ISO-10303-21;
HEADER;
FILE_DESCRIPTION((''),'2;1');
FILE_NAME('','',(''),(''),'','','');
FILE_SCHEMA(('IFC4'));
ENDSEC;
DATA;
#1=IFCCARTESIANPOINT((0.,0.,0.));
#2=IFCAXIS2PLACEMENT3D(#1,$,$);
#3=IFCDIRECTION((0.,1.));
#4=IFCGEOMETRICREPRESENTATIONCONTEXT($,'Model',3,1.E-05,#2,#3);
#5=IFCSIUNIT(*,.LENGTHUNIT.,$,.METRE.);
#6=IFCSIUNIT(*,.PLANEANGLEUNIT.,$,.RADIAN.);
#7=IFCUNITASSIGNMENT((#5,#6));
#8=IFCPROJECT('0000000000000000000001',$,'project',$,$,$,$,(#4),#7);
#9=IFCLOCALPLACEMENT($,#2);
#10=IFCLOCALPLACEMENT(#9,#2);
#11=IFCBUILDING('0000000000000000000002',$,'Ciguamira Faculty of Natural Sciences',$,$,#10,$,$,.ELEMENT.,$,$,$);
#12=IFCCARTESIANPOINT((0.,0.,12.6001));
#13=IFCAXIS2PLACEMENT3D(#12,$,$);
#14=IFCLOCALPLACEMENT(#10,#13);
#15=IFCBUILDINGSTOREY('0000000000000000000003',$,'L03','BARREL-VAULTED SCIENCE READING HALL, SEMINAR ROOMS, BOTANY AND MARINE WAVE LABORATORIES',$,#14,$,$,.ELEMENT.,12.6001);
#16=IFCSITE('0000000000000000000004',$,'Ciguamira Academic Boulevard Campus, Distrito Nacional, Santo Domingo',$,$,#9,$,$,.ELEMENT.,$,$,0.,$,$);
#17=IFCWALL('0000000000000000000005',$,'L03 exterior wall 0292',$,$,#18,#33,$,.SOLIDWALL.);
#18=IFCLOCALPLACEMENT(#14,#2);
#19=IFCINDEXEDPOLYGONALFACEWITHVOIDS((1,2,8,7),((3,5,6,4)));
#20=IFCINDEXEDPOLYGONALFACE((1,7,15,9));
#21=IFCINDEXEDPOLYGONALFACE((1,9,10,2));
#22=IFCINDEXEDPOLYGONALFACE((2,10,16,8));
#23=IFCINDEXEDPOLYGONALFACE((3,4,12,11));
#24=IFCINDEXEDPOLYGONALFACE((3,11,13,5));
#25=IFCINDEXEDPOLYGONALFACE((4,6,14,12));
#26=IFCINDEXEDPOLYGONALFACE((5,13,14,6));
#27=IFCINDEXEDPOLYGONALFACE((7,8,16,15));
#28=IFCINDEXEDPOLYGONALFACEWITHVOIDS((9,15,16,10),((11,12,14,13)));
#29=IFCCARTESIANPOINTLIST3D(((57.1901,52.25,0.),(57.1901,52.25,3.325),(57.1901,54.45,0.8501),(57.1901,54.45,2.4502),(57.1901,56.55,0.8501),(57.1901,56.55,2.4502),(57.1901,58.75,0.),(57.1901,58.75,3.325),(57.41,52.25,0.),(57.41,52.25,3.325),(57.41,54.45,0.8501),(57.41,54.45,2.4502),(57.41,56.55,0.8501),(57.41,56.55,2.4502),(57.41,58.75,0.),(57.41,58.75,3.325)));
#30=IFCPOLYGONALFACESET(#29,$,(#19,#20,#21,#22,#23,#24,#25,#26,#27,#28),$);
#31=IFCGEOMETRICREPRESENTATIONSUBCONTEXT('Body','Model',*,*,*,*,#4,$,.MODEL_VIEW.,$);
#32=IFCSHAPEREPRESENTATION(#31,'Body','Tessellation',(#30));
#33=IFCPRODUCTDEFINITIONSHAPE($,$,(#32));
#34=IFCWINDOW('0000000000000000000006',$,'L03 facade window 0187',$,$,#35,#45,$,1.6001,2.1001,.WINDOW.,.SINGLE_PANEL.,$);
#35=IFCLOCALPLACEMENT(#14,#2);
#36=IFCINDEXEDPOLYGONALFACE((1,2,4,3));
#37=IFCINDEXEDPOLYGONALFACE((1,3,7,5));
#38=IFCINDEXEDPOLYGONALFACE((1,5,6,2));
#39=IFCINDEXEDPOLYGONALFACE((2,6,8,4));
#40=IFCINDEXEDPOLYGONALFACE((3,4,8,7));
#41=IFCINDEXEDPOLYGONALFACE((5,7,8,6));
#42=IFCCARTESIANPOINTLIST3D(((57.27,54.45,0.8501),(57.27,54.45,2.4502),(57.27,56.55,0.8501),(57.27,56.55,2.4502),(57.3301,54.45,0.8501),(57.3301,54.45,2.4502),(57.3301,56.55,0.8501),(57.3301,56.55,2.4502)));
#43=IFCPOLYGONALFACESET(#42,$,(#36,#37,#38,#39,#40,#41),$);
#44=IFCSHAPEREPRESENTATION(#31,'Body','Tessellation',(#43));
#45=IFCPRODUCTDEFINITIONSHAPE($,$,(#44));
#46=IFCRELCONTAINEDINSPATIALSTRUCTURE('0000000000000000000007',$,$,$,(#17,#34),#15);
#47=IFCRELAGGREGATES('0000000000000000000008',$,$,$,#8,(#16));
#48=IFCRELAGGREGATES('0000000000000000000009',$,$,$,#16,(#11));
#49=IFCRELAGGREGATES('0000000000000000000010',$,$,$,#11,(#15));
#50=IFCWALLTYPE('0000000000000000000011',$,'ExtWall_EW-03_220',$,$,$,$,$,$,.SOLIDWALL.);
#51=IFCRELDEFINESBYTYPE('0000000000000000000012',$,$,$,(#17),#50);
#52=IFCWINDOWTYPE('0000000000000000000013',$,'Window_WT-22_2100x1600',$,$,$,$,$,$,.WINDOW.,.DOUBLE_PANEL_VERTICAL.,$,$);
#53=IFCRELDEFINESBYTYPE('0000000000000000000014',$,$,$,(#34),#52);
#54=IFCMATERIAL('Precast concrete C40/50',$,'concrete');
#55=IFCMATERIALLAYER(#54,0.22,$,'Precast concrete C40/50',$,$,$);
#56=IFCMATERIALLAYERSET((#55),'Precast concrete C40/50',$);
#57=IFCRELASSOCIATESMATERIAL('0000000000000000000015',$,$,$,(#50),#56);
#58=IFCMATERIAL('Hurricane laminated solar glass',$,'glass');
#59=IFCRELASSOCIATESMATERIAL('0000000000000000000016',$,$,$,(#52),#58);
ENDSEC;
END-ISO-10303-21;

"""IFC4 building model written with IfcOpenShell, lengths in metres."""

from ifc_helpers import new_model, si_unit, direction, frame, frame_2d, origin, place, context, subcontext, project, spatial, rectangle, extrude, material, layer, layer_set, type_object, element, fill, save


model = new_model("IFC4")

# Units and contexts
model_context = context("Model", 3, precision=1e-05, world=origin(), true_north=direction((0.0, 1.0)))
body_context = subcontext(model_context, "Body", "Model", "MODEL_VIEW")
ifc_project = project(units=[si_unit("LENGTHUNIT", "METRE"), si_unit("PLANEANGLEUNIT", "RADIAN")], contexts=[model_context])

# Site, building, storey
site_placement = place(None, origin())
site = spatial("IfcSite", under=ifc_project, at=site_placement, Name="Ciguamira Academic Boulevard Campus, Distrito Nacional, Santo Domingo", CompositionType="ELEMENT", RefElevation=0.0)
building_placement = place(site_placement, origin())
building = spatial("IfcBuilding", under=site, at=building_placement, Name="Ciguamira Faculty of Natural Sciences", CompositionType="ELEMENT")
storey_placement = place(building_placement, frame((0.0, 0.0, 12.6001)))
storey = spatial("IfcBuildingStorey", under=building, at=storey_placement, Name="L03", Description="BARREL-VAULTED SCIENCE READING HALL, SEMINAR ROOMS, BOTANY AND MARINE WAVE LABORATORIES", CompositionType="ELEMENT", Elevation=12.6001)

# Shared definitions
ifc_material_1 = material(Name="Precast concrete C40/50", Category="concrete")

# Wall, opening, window
ifc_layer = layer(ifc_material_1, 0.22, Name="Precast concrete C40/50")
ifc_layer_set = layer_set([ifc_layer], Name="Precast concrete C40/50")
wall_type = type_object("IfcWallType", Name="ExtWall_EW-03_220", PredefinedType="SOLIDWALL", material=ifc_layer_set)
ifc_material_2 = material(Name="Hurricane laminated solar glass", Category="glass")
wall_1_placement = place(storey_placement, frame((57.3, 52.25, 0.0), z_axis=(0.0, 0.0, 1.0), x_axis=(0.0, 1.0, 0.0)))
wall_1 = element("IfcWall", 1, at=wall_1_placement, inside=storey, type_object=wall_type, Name="L03 exterior wall 0292", PredefinedType="SOLIDWALL", context=body_context, shape_type="SweptSolid", body=[
    extrude(rectangle(XDim=6.5, YDim=0.22, at=frame_2d((3.25, 0.0))), origin(), (0.0, 0.0, 1.0), 3.325),
])
opening_1_placement = place(wall_1_placement, frame((2.2, 0.0, 0.8501)))
opening_1 = element("IfcOpeningElement", 2, at=opening_1_placement, cuts=wall_1, PredefinedType="OPENING", context=body_context, shape_type="SweptSolid", body=[
    extrude(rectangle(XDim=2.1001, YDim=1.6001, at=frame_2d((1.05, 0.8))), frame((0.0, 0.1199, 0.0), z_axis=(0.0, -1.0, 0.0), x_axis=(1.0, 0.0, 0.0)), (0.0, 0.0, 1.0), 0.24),
])
window_type_1 = type_object("IfcWindowType", Name="Window_WT-22_2100x1600", PartitioningType="DOUBLE_PANEL_VERTICAL", PredefinedType="WINDOW", material=ifc_material_2)
window_1_placement = place(opening_1_placement, origin())
window_1 = element("IfcWindow", 3, at=window_1_placement, inside=storey, type_object=window_type_1, Name="L03 facade window 0187", OverallHeight=1.6001, OverallWidth=2.1001, PartitioningType="SINGLE_PANEL", PredefinedType="WINDOW", context=body_context, shape_type="SweptSolid", body=[
    extrude(rectangle(XDim=2.1001, YDim=1.6001, at=frame_2d((1.05, 0.8))), frame((0.0, 0.03, 0.0), z_axis=(0.0, -1.0, 0.0), x_axis=(1.0, 0.0, 0.0)), (0.0, 0.0, 1.0), 0.0601),
])
fill(opening_1, window_1)

save(model, "model.ifc")
